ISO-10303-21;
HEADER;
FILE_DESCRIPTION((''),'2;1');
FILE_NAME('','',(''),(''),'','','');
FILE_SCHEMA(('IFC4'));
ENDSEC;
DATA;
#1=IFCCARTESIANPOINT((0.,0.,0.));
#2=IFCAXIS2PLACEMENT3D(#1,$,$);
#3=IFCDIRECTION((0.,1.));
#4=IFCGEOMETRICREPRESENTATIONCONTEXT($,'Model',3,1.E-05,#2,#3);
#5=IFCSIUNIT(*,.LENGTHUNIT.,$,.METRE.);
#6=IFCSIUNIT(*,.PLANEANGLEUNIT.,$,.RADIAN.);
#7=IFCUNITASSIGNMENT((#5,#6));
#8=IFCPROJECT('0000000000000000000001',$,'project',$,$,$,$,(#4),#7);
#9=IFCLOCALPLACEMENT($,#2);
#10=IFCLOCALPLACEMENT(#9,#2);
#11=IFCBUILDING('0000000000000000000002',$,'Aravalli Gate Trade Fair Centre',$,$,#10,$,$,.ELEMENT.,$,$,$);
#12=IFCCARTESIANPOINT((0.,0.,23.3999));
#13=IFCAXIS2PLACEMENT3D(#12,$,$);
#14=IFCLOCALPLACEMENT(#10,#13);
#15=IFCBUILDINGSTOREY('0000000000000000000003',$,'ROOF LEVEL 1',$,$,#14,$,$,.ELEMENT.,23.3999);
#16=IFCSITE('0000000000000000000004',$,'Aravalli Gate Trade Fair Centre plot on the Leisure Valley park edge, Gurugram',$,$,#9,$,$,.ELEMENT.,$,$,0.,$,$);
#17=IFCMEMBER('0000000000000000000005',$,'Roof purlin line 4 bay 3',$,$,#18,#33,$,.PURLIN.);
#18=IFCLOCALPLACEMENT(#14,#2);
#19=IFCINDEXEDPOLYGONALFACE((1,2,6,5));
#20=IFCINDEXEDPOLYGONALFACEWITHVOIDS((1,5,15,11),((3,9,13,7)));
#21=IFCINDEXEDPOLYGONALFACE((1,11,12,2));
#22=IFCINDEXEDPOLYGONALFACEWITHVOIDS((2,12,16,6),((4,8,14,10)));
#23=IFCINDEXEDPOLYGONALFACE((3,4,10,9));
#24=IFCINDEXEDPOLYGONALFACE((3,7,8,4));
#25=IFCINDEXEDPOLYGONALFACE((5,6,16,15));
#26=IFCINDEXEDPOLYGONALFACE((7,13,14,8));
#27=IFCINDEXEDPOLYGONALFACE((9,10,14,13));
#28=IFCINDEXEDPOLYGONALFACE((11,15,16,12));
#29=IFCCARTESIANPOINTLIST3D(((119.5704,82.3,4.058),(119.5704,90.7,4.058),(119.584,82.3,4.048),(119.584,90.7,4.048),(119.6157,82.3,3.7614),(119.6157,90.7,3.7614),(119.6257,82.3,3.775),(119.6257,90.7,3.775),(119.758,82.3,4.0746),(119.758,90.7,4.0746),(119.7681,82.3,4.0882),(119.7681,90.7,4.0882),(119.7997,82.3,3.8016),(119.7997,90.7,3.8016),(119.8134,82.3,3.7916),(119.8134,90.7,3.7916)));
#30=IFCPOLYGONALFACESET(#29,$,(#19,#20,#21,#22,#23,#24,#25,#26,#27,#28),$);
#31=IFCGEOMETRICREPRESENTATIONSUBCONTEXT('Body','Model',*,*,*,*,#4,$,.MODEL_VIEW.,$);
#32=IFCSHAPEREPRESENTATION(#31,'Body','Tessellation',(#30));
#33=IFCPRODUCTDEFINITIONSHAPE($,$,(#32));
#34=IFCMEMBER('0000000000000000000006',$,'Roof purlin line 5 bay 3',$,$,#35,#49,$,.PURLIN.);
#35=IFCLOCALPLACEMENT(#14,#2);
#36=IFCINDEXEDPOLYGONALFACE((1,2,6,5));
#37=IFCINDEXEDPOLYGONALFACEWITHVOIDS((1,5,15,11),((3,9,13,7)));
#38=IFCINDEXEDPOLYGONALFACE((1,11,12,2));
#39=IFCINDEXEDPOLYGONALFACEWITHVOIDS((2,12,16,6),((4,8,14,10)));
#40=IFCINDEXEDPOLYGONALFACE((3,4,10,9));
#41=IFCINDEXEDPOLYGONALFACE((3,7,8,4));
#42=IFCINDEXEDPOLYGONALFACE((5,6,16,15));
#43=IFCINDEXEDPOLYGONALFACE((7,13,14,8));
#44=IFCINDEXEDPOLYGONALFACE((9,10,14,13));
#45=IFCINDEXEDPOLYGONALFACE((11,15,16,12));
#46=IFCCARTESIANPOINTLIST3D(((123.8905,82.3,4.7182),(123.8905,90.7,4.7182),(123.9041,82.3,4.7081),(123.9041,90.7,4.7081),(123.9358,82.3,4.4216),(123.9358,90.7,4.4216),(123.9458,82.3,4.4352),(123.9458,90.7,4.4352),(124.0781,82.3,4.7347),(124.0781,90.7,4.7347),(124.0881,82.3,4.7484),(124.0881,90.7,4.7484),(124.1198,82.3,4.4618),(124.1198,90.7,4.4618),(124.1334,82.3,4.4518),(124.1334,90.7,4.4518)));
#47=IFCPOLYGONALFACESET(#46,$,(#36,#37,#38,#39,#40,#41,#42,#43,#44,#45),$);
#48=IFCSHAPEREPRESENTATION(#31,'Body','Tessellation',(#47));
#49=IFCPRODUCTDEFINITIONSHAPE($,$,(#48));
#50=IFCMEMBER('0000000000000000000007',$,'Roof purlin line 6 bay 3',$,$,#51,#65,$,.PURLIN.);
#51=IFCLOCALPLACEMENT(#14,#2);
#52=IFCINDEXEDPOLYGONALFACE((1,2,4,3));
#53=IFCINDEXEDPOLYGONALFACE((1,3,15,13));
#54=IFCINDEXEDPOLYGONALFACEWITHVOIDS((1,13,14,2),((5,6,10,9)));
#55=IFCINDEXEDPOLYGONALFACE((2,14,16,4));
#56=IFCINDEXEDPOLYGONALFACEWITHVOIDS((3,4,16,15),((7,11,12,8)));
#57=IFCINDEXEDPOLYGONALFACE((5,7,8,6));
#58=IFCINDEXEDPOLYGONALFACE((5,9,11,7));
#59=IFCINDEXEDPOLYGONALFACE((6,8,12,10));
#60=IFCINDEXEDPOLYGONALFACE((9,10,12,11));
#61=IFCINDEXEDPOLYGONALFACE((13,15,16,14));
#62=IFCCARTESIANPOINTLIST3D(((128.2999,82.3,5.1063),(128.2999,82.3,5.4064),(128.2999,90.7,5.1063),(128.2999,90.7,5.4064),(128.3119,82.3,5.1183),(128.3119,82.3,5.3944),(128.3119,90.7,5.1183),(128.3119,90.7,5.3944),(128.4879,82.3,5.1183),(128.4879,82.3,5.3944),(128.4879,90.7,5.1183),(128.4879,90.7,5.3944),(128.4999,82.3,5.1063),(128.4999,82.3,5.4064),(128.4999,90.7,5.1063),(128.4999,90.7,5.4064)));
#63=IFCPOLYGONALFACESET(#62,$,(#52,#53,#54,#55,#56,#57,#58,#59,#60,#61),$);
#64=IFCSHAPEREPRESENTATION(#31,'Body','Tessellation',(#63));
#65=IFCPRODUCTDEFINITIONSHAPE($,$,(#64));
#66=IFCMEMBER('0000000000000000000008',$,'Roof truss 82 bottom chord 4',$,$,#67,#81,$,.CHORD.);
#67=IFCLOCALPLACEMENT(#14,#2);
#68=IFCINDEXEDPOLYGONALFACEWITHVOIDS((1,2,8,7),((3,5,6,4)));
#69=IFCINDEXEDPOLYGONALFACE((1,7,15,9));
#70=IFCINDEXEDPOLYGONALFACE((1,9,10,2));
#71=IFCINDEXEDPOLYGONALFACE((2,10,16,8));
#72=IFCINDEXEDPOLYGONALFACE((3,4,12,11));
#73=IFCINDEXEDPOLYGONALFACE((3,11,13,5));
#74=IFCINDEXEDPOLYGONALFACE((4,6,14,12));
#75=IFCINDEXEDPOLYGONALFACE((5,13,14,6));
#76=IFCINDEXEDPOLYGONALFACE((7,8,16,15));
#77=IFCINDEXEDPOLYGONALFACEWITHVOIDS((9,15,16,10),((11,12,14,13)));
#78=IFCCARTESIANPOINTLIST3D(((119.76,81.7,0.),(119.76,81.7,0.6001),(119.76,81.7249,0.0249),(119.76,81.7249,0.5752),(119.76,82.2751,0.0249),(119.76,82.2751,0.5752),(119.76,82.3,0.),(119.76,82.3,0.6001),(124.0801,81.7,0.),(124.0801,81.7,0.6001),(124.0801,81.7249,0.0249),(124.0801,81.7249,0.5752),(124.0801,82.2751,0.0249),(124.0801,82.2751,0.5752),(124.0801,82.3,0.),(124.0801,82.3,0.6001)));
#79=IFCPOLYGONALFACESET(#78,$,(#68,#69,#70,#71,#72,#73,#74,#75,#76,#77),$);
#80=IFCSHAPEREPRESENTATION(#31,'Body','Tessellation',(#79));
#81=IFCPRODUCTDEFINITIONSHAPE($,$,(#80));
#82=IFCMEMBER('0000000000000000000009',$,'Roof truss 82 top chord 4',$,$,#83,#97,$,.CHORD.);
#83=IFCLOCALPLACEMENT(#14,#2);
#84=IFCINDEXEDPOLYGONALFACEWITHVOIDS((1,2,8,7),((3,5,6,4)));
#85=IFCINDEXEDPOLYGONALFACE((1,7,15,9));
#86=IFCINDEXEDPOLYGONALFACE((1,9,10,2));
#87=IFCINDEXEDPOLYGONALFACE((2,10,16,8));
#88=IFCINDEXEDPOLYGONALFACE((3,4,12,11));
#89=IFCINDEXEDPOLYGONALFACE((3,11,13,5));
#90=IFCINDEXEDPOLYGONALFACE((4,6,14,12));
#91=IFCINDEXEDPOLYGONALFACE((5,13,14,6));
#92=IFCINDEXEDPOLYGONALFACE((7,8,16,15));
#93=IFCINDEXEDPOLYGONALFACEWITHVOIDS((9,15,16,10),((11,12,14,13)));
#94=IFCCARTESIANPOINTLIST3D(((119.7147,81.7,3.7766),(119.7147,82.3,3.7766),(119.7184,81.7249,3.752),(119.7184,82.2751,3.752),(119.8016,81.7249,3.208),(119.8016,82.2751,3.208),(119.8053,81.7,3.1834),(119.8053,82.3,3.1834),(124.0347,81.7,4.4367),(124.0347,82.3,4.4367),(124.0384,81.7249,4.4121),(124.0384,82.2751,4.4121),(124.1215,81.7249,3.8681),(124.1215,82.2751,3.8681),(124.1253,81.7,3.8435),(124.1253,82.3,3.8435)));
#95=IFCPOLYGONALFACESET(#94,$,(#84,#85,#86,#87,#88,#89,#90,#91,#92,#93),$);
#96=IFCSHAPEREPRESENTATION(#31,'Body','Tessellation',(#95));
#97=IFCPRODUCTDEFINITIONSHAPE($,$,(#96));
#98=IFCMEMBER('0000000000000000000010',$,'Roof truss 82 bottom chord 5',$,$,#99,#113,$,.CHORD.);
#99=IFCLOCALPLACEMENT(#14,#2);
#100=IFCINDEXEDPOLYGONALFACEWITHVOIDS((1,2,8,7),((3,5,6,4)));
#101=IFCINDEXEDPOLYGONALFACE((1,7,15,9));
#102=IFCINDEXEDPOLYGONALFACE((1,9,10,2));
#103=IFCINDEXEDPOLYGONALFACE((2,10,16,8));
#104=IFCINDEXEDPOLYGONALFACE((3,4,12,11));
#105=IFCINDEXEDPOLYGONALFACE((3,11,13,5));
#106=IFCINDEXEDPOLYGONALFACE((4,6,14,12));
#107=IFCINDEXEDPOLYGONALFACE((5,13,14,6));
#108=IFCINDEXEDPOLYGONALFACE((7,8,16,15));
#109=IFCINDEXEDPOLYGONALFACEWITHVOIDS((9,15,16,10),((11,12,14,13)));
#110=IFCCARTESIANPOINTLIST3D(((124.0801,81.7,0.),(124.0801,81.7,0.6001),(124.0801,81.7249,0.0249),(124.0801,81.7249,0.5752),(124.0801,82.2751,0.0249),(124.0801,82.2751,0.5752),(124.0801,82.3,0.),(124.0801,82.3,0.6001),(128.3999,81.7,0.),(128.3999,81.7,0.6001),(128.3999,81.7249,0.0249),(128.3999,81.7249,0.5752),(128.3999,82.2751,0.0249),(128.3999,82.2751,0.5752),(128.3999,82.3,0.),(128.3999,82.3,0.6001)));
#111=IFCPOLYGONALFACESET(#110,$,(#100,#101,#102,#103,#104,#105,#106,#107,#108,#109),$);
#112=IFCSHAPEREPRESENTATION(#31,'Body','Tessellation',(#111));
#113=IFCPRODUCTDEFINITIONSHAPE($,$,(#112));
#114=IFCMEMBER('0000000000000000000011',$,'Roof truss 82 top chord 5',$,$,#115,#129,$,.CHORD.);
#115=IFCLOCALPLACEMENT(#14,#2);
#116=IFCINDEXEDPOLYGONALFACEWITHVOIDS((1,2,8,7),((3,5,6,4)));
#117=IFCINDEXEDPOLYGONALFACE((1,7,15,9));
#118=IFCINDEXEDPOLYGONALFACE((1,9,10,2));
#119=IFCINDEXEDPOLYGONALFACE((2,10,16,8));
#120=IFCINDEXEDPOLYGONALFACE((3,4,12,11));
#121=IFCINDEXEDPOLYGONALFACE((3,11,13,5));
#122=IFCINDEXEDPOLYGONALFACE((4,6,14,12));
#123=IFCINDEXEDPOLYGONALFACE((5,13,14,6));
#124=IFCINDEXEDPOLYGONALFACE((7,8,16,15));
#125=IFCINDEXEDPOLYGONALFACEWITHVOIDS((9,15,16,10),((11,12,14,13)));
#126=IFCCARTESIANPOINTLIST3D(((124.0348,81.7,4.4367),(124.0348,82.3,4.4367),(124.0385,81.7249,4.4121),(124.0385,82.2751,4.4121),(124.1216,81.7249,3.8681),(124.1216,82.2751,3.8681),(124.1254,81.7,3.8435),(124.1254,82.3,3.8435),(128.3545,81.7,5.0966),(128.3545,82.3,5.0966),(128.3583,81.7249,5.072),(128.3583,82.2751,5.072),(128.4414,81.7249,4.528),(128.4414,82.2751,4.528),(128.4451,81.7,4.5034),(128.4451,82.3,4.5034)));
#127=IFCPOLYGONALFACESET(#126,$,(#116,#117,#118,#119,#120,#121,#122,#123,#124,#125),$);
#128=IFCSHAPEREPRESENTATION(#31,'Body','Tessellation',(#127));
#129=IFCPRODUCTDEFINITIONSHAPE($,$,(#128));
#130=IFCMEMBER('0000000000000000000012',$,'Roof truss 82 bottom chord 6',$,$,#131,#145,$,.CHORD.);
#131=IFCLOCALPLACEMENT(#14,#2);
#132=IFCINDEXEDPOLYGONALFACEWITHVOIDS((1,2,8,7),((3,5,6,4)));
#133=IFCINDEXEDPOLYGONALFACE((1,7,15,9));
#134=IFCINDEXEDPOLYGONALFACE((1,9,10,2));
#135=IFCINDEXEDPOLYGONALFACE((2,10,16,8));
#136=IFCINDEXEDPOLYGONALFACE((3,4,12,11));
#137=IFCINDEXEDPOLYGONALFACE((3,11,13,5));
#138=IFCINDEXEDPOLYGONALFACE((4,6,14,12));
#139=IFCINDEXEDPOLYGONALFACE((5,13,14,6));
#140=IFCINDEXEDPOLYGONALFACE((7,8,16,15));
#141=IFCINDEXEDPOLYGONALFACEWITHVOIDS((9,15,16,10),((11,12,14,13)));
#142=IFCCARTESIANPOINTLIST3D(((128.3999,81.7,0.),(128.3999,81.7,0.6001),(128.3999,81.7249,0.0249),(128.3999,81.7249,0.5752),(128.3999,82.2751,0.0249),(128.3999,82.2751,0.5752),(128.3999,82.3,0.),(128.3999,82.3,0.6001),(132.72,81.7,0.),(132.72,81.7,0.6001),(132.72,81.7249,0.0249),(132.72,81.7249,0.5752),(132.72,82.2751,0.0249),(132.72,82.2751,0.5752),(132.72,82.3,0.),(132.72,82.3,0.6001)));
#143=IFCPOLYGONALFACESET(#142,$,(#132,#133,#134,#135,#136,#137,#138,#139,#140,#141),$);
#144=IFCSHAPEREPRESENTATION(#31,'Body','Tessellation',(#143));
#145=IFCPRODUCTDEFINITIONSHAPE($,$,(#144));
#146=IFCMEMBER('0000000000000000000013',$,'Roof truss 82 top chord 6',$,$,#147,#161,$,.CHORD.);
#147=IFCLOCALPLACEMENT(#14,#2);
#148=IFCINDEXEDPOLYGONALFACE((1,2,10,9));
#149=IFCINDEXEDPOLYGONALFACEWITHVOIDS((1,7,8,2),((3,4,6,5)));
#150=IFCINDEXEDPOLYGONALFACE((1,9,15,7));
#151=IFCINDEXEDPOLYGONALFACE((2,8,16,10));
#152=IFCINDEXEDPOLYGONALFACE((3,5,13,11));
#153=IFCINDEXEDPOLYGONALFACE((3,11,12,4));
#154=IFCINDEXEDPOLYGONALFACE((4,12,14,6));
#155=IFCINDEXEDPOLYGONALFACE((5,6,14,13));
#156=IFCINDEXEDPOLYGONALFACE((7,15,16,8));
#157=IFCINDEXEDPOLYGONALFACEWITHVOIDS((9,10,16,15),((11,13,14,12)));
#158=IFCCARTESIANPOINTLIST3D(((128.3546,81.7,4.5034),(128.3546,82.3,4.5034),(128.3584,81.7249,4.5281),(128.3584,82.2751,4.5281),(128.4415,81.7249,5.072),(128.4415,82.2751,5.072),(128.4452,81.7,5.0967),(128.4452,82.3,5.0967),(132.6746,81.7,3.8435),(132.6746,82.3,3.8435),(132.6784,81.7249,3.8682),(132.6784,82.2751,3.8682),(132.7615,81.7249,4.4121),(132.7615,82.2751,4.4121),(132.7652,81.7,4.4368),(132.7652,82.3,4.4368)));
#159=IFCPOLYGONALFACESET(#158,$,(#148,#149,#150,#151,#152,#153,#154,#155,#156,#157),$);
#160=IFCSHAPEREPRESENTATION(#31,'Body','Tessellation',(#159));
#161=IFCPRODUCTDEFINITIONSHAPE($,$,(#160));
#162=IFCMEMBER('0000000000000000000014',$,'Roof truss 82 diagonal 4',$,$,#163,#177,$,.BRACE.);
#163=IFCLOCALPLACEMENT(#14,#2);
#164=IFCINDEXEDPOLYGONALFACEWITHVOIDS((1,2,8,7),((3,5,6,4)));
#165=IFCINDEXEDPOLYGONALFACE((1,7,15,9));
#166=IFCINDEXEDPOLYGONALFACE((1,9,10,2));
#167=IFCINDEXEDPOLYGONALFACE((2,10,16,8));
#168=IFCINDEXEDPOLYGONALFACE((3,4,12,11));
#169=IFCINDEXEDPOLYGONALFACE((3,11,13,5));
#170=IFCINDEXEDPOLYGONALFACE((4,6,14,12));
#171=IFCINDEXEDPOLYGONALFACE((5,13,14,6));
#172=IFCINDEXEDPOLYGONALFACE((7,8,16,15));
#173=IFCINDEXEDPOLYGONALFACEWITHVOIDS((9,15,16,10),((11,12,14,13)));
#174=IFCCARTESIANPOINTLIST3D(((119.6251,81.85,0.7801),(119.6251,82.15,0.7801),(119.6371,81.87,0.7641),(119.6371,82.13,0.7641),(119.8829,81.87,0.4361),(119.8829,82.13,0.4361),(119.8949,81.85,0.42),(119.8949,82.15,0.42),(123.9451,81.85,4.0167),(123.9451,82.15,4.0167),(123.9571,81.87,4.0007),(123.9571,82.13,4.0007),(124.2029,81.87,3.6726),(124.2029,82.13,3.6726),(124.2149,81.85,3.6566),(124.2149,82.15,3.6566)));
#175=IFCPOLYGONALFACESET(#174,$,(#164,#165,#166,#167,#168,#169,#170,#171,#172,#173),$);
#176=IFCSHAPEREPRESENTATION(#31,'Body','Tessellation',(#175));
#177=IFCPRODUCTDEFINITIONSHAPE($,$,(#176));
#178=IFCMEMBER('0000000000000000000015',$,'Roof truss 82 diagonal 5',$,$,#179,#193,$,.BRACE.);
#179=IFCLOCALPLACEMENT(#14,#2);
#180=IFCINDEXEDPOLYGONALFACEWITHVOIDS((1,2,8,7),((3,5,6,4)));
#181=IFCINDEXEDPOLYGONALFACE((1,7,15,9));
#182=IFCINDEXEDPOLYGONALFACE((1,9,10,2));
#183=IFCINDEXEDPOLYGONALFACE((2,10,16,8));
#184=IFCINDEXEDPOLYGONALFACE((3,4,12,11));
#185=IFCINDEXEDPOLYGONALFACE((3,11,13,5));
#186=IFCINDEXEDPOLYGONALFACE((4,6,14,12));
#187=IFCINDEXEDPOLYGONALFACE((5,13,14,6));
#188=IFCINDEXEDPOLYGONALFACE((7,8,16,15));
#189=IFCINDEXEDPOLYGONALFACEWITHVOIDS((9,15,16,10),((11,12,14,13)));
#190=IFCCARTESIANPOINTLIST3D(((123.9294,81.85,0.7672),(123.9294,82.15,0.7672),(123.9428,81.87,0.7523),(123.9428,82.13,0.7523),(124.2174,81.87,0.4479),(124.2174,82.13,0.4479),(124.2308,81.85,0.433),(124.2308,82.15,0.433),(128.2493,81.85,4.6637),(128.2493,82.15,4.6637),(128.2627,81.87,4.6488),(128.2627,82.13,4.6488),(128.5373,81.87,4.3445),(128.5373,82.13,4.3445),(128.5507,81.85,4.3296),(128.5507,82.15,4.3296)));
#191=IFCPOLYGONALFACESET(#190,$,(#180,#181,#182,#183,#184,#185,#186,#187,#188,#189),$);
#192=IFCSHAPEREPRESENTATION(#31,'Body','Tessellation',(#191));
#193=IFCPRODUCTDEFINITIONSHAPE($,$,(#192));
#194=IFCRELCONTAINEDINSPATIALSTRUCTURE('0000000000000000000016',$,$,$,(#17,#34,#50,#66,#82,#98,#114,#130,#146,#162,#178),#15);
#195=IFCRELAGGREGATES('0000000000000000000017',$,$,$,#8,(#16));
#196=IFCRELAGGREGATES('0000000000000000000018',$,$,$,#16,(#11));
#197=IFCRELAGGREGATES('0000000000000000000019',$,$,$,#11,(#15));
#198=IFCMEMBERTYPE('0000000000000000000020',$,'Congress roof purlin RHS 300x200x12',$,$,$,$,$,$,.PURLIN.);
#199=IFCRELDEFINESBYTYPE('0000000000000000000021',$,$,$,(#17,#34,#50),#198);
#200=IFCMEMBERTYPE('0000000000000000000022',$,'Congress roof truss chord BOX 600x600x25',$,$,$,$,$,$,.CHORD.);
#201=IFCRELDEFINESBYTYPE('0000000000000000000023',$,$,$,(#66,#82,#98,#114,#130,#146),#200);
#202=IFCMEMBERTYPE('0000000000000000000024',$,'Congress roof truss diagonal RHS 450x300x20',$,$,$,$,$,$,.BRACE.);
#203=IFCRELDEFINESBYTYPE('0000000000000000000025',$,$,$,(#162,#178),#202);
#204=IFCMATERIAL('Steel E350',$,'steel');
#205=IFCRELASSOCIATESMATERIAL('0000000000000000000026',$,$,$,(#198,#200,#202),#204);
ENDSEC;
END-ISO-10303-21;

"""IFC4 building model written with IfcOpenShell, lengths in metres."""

from ifc_helpers import new_model, si_unit, direction, frame, origin, origin_2d, place, context, subcontext, project, spatial, hollow_rectangle, extrude, material, material_profile, profile_set, type_object, element, save


model = new_model("IFC4")

# Units and contexts
model_context = context("Model", 3, precision=1e-05, world=origin(), true_north=direction((0.0, 1.0)))
body_context = subcontext(model_context, "Body", "Model", "MODEL_VIEW")
ifc_project = project(units=[si_unit("LENGTHUNIT", "METRE"), si_unit("PLANEANGLEUNIT", "RADIAN")], contexts=[model_context])

# Site, building, storey
site_placement = place(None, origin())
site = spatial("IfcSite", under=ifc_project, at=site_placement, Name="Aravalli Gate Trade Fair Centre plot on the Leisure Valley park edge, Gurugram", CompositionType="ELEMENT", RefElevation=0.0)
building_placement = place(site_placement, origin())
building = spatial("IfcBuilding", under=site, at=building_placement, Name="Aravalli Gate Trade Fair Centre", CompositionType="ELEMENT")
storey_placement = place(building_placement, frame((0.0, 0.0, 23.3999)))
storey = spatial("IfcBuildingStorey", under=building, at=storey_placement, Name="ROOF LEVEL 1", CompositionType="ELEMENT", Elevation=23.3999)

# Members
ifc_material = material(Name="Steel E350", Category="steel")
ifc_material_profile_1 = material_profile(ifc_material, hollow_rectangle(XDim=0.2, YDim=0.3, WallThickness=0.012, at=origin_2d()), Name="RHS 300x200x12")
ifc_profile_set_1 = profile_set([ifc_material_profile_1], Name="Steel E350")
member_type_1 = type_object("IfcMemberType", Name="Congress roof purlin RHS 300x200x12", PredefinedType="PURLIN", material=ifc_profile_set_1)
for number, where, z_axis, x_axis, name in (
    (1, (119.6919, 82.3, 3.9248), (0.0, 1.0, 0.0), (-0.98853, 0.0, -0.151026), "Roof purlin line 4 bay 3"),
    (2, (124.012, 82.3, 4.585), (0.0, 1.0, 0.0), (-0.98853, 0.0, -0.151026), "Roof purlin line 5 bay 3"),
    (3, (128.3999, 82.3, 5.2563), (0.0, 1.0, 0.0), (-1.0, 0.0, 0.0), "Roof purlin line 6 bay 3"),
):
    element("IfcMember", number, at=place(storey_placement, frame(where, z_axis=z_axis, x_axis=x_axis)), inside=storey, type_object=member_type_1, Name=name, PredefinedType="PURLIN", context=body_context, shape_type="SweptSolid", body=[
        extrude(hollow_rectangle(XDim=0.2, YDim=0.3, WallThickness=0.012, at=origin_2d()), origin(), (0.0, 0.0, 1.0), 8.3999),
    ])
ifc_material_profile_2 = material_profile(ifc_material, hollow_rectangle(XDim=0.6001, YDim=0.6001, WallThickness=0.0249, at=origin_2d()), Name="BOX 600x600x25")
ifc_profile_set_2 = profile_set([ifc_material_profile_2], Name="Steel E350")
member_type_2 = type_object("IfcMemberType", Name="Congress roof truss chord BOX 600x600x25", PredefinedType="CHORD", material=ifc_profile_set_2)
member_1_placement = place(storey_placement, frame((119.76, 82.0, 0.3), z_axis=(1.0, 0.0, 0.0), x_axis=(0.0, 1.0, 0.0)))
element("IfcMember", 4, at=member_1_placement, inside=storey, type_object=member_type_2, Name="Roof truss 82 bottom chord 4", PredefinedType="CHORD", context=body_context, shape_type="SweptSolid", body=[
    extrude(hollow_rectangle(XDim=0.6001, YDim=0.6001, WallThickness=0.0249, at=origin_2d()), origin(), (0.0, 0.0, 1.0), 4.3201),
])
member_2_placement = place(storey_placement, frame((119.76, 82.0, 3.48), z_axis=(0.988525, 0.0, 0.151058), x_axis=(0.0, 1.0, 0.0)))
element("IfcMember", 5, at=member_2_placement, inside=storey, type_object=member_type_2, Name="Roof truss 82 top chord 4", PredefinedType="CHORD", context=body_context, shape_type="SweptSolid", body=[
    extrude(hollow_rectangle(XDim=0.6001, YDim=0.6001, WallThickness=0.0249, at=origin_2d()), origin(), (0.0, 0.0, 1.0), 4.3701),
])
member_3_placement = place(storey_placement, frame((124.0801, 82.0, 0.3), z_axis=(1.0, 0.0, 0.0), x_axis=(0.0, 1.0, 0.0)))
element("IfcMember", 6, at=member_3_placement, inside=storey, type_object=member_type_2, Name="Roof truss 82 bottom chord 5", PredefinedType="CHORD", context=body_context, shape_type="SweptSolid", body=[
    extrude(hollow_rectangle(XDim=0.6001, YDim=0.6001, WallThickness=0.0249, at=origin_2d()), origin(), (0.0, 0.0, 1.0), 4.3198),
])
member_4_placement = place(storey_placement, frame((124.0801, 82.0, 4.1401), z_axis=(0.988532, 0.0, 0.151012), x_axis=(0.0, 1.0, 0.0)))
element("IfcMember", 7, at=member_4_placement, inside=storey, type_object=member_type_2, Name="Roof truss 82 top chord 5", PredefinedType="CHORD", context=body_context, shape_type="SweptSolid", body=[
    extrude(hollow_rectangle(XDim=0.6001, YDim=0.6001, WallThickness=0.0249, at=origin_2d()), origin(), (0.0, 0.0, 1.0), 4.3699),
])
member_5_placement = place(storey_placement, frame((128.3999, 82.0, 0.3), z_axis=(1.0, 0.0, 0.0), x_axis=(0.0, 1.0, 0.0)))
element("IfcMember", 8, at=member_5_placement, inside=storey, type_object=member_type_2, Name="Roof truss 82 bottom chord 6", PredefinedType="CHORD", context=body_context, shape_type="SweptSolid", body=[
    extrude(hollow_rectangle(XDim=0.6001, YDim=0.6001, WallThickness=0.0249, at=origin_2d()), origin(), (0.0, 0.0, 1.0), 4.3201),
])
member_6_placement = place(storey_placement, frame((128.3999, 82.0, 4.8), z_axis=(0.988533, 0.0, -0.151003), x_axis=(0.0, 1.0, 0.0)))
element("IfcMember", 9, at=member_6_placement, inside=storey, type_object=member_type_2, Name="Roof truss 82 top chord 6", PredefinedType="CHORD", context=body_context, shape_type="SweptSolid", body=[
    extrude(hollow_rectangle(XDim=0.6001, YDim=0.6001, WallThickness=0.0249, at=origin_2d()), origin(), (0.0, 0.0, 1.0), 4.3701),
])
ifc_material_profile_3 = material_profile(ifc_material, hollow_rectangle(XDim=0.3, YDim=0.45, WallThickness=0.02, at=origin_2d()), Name="RHS 450x300x20")
ifc_profile_set_3 = profile_set([ifc_material_profile_3], Name="Steel E350")
member_type_3 = type_object("IfcMemberType", Name="Congress roof truss diagonal RHS 450x300x20", PredefinedType="BRACE", material=ifc_profile_set_3)
member_7_placement = place(storey_placement, frame((119.76, 82.0, 0.6001), z_axis=(0.800309, 0.0, 0.599587), x_axis=(0.0, 1.0, 0.0)))
element("IfcMember", 10, at=member_7_placement, inside=storey, type_object=member_type_3, Name="Roof truss 82 diagonal 4", PredefinedType="BRACE", context=body_context, shape_type="SweptSolid", body=[
    extrude(hollow_rectangle(XDim=0.3, YDim=0.45, WallThickness=0.02, at=origin_2d()), origin(), (0.0, 0.0, 1.0), 5.3979),
])
member_8_placement = place(storey_placement, frame((124.0801, 82.0, 0.6001), z_axis=(0.742555, 0.0, 0.669785), x_axis=(0.0, 1.0, 0.0)))
element("IfcMember", 11, at=member_8_placement, inside=storey, type_object=member_type_3, Name="Roof truss 82 diagonal 5", PredefinedType="BRACE", context=body_context, shape_type="SweptSolid", body=[
    extrude(hollow_rectangle(XDim=0.3, YDim=0.45, WallThickness=0.02, at=origin_2d()), origin(), (0.0, 0.0, 1.0), 5.8176),
])

save(model, "model.ifc")
